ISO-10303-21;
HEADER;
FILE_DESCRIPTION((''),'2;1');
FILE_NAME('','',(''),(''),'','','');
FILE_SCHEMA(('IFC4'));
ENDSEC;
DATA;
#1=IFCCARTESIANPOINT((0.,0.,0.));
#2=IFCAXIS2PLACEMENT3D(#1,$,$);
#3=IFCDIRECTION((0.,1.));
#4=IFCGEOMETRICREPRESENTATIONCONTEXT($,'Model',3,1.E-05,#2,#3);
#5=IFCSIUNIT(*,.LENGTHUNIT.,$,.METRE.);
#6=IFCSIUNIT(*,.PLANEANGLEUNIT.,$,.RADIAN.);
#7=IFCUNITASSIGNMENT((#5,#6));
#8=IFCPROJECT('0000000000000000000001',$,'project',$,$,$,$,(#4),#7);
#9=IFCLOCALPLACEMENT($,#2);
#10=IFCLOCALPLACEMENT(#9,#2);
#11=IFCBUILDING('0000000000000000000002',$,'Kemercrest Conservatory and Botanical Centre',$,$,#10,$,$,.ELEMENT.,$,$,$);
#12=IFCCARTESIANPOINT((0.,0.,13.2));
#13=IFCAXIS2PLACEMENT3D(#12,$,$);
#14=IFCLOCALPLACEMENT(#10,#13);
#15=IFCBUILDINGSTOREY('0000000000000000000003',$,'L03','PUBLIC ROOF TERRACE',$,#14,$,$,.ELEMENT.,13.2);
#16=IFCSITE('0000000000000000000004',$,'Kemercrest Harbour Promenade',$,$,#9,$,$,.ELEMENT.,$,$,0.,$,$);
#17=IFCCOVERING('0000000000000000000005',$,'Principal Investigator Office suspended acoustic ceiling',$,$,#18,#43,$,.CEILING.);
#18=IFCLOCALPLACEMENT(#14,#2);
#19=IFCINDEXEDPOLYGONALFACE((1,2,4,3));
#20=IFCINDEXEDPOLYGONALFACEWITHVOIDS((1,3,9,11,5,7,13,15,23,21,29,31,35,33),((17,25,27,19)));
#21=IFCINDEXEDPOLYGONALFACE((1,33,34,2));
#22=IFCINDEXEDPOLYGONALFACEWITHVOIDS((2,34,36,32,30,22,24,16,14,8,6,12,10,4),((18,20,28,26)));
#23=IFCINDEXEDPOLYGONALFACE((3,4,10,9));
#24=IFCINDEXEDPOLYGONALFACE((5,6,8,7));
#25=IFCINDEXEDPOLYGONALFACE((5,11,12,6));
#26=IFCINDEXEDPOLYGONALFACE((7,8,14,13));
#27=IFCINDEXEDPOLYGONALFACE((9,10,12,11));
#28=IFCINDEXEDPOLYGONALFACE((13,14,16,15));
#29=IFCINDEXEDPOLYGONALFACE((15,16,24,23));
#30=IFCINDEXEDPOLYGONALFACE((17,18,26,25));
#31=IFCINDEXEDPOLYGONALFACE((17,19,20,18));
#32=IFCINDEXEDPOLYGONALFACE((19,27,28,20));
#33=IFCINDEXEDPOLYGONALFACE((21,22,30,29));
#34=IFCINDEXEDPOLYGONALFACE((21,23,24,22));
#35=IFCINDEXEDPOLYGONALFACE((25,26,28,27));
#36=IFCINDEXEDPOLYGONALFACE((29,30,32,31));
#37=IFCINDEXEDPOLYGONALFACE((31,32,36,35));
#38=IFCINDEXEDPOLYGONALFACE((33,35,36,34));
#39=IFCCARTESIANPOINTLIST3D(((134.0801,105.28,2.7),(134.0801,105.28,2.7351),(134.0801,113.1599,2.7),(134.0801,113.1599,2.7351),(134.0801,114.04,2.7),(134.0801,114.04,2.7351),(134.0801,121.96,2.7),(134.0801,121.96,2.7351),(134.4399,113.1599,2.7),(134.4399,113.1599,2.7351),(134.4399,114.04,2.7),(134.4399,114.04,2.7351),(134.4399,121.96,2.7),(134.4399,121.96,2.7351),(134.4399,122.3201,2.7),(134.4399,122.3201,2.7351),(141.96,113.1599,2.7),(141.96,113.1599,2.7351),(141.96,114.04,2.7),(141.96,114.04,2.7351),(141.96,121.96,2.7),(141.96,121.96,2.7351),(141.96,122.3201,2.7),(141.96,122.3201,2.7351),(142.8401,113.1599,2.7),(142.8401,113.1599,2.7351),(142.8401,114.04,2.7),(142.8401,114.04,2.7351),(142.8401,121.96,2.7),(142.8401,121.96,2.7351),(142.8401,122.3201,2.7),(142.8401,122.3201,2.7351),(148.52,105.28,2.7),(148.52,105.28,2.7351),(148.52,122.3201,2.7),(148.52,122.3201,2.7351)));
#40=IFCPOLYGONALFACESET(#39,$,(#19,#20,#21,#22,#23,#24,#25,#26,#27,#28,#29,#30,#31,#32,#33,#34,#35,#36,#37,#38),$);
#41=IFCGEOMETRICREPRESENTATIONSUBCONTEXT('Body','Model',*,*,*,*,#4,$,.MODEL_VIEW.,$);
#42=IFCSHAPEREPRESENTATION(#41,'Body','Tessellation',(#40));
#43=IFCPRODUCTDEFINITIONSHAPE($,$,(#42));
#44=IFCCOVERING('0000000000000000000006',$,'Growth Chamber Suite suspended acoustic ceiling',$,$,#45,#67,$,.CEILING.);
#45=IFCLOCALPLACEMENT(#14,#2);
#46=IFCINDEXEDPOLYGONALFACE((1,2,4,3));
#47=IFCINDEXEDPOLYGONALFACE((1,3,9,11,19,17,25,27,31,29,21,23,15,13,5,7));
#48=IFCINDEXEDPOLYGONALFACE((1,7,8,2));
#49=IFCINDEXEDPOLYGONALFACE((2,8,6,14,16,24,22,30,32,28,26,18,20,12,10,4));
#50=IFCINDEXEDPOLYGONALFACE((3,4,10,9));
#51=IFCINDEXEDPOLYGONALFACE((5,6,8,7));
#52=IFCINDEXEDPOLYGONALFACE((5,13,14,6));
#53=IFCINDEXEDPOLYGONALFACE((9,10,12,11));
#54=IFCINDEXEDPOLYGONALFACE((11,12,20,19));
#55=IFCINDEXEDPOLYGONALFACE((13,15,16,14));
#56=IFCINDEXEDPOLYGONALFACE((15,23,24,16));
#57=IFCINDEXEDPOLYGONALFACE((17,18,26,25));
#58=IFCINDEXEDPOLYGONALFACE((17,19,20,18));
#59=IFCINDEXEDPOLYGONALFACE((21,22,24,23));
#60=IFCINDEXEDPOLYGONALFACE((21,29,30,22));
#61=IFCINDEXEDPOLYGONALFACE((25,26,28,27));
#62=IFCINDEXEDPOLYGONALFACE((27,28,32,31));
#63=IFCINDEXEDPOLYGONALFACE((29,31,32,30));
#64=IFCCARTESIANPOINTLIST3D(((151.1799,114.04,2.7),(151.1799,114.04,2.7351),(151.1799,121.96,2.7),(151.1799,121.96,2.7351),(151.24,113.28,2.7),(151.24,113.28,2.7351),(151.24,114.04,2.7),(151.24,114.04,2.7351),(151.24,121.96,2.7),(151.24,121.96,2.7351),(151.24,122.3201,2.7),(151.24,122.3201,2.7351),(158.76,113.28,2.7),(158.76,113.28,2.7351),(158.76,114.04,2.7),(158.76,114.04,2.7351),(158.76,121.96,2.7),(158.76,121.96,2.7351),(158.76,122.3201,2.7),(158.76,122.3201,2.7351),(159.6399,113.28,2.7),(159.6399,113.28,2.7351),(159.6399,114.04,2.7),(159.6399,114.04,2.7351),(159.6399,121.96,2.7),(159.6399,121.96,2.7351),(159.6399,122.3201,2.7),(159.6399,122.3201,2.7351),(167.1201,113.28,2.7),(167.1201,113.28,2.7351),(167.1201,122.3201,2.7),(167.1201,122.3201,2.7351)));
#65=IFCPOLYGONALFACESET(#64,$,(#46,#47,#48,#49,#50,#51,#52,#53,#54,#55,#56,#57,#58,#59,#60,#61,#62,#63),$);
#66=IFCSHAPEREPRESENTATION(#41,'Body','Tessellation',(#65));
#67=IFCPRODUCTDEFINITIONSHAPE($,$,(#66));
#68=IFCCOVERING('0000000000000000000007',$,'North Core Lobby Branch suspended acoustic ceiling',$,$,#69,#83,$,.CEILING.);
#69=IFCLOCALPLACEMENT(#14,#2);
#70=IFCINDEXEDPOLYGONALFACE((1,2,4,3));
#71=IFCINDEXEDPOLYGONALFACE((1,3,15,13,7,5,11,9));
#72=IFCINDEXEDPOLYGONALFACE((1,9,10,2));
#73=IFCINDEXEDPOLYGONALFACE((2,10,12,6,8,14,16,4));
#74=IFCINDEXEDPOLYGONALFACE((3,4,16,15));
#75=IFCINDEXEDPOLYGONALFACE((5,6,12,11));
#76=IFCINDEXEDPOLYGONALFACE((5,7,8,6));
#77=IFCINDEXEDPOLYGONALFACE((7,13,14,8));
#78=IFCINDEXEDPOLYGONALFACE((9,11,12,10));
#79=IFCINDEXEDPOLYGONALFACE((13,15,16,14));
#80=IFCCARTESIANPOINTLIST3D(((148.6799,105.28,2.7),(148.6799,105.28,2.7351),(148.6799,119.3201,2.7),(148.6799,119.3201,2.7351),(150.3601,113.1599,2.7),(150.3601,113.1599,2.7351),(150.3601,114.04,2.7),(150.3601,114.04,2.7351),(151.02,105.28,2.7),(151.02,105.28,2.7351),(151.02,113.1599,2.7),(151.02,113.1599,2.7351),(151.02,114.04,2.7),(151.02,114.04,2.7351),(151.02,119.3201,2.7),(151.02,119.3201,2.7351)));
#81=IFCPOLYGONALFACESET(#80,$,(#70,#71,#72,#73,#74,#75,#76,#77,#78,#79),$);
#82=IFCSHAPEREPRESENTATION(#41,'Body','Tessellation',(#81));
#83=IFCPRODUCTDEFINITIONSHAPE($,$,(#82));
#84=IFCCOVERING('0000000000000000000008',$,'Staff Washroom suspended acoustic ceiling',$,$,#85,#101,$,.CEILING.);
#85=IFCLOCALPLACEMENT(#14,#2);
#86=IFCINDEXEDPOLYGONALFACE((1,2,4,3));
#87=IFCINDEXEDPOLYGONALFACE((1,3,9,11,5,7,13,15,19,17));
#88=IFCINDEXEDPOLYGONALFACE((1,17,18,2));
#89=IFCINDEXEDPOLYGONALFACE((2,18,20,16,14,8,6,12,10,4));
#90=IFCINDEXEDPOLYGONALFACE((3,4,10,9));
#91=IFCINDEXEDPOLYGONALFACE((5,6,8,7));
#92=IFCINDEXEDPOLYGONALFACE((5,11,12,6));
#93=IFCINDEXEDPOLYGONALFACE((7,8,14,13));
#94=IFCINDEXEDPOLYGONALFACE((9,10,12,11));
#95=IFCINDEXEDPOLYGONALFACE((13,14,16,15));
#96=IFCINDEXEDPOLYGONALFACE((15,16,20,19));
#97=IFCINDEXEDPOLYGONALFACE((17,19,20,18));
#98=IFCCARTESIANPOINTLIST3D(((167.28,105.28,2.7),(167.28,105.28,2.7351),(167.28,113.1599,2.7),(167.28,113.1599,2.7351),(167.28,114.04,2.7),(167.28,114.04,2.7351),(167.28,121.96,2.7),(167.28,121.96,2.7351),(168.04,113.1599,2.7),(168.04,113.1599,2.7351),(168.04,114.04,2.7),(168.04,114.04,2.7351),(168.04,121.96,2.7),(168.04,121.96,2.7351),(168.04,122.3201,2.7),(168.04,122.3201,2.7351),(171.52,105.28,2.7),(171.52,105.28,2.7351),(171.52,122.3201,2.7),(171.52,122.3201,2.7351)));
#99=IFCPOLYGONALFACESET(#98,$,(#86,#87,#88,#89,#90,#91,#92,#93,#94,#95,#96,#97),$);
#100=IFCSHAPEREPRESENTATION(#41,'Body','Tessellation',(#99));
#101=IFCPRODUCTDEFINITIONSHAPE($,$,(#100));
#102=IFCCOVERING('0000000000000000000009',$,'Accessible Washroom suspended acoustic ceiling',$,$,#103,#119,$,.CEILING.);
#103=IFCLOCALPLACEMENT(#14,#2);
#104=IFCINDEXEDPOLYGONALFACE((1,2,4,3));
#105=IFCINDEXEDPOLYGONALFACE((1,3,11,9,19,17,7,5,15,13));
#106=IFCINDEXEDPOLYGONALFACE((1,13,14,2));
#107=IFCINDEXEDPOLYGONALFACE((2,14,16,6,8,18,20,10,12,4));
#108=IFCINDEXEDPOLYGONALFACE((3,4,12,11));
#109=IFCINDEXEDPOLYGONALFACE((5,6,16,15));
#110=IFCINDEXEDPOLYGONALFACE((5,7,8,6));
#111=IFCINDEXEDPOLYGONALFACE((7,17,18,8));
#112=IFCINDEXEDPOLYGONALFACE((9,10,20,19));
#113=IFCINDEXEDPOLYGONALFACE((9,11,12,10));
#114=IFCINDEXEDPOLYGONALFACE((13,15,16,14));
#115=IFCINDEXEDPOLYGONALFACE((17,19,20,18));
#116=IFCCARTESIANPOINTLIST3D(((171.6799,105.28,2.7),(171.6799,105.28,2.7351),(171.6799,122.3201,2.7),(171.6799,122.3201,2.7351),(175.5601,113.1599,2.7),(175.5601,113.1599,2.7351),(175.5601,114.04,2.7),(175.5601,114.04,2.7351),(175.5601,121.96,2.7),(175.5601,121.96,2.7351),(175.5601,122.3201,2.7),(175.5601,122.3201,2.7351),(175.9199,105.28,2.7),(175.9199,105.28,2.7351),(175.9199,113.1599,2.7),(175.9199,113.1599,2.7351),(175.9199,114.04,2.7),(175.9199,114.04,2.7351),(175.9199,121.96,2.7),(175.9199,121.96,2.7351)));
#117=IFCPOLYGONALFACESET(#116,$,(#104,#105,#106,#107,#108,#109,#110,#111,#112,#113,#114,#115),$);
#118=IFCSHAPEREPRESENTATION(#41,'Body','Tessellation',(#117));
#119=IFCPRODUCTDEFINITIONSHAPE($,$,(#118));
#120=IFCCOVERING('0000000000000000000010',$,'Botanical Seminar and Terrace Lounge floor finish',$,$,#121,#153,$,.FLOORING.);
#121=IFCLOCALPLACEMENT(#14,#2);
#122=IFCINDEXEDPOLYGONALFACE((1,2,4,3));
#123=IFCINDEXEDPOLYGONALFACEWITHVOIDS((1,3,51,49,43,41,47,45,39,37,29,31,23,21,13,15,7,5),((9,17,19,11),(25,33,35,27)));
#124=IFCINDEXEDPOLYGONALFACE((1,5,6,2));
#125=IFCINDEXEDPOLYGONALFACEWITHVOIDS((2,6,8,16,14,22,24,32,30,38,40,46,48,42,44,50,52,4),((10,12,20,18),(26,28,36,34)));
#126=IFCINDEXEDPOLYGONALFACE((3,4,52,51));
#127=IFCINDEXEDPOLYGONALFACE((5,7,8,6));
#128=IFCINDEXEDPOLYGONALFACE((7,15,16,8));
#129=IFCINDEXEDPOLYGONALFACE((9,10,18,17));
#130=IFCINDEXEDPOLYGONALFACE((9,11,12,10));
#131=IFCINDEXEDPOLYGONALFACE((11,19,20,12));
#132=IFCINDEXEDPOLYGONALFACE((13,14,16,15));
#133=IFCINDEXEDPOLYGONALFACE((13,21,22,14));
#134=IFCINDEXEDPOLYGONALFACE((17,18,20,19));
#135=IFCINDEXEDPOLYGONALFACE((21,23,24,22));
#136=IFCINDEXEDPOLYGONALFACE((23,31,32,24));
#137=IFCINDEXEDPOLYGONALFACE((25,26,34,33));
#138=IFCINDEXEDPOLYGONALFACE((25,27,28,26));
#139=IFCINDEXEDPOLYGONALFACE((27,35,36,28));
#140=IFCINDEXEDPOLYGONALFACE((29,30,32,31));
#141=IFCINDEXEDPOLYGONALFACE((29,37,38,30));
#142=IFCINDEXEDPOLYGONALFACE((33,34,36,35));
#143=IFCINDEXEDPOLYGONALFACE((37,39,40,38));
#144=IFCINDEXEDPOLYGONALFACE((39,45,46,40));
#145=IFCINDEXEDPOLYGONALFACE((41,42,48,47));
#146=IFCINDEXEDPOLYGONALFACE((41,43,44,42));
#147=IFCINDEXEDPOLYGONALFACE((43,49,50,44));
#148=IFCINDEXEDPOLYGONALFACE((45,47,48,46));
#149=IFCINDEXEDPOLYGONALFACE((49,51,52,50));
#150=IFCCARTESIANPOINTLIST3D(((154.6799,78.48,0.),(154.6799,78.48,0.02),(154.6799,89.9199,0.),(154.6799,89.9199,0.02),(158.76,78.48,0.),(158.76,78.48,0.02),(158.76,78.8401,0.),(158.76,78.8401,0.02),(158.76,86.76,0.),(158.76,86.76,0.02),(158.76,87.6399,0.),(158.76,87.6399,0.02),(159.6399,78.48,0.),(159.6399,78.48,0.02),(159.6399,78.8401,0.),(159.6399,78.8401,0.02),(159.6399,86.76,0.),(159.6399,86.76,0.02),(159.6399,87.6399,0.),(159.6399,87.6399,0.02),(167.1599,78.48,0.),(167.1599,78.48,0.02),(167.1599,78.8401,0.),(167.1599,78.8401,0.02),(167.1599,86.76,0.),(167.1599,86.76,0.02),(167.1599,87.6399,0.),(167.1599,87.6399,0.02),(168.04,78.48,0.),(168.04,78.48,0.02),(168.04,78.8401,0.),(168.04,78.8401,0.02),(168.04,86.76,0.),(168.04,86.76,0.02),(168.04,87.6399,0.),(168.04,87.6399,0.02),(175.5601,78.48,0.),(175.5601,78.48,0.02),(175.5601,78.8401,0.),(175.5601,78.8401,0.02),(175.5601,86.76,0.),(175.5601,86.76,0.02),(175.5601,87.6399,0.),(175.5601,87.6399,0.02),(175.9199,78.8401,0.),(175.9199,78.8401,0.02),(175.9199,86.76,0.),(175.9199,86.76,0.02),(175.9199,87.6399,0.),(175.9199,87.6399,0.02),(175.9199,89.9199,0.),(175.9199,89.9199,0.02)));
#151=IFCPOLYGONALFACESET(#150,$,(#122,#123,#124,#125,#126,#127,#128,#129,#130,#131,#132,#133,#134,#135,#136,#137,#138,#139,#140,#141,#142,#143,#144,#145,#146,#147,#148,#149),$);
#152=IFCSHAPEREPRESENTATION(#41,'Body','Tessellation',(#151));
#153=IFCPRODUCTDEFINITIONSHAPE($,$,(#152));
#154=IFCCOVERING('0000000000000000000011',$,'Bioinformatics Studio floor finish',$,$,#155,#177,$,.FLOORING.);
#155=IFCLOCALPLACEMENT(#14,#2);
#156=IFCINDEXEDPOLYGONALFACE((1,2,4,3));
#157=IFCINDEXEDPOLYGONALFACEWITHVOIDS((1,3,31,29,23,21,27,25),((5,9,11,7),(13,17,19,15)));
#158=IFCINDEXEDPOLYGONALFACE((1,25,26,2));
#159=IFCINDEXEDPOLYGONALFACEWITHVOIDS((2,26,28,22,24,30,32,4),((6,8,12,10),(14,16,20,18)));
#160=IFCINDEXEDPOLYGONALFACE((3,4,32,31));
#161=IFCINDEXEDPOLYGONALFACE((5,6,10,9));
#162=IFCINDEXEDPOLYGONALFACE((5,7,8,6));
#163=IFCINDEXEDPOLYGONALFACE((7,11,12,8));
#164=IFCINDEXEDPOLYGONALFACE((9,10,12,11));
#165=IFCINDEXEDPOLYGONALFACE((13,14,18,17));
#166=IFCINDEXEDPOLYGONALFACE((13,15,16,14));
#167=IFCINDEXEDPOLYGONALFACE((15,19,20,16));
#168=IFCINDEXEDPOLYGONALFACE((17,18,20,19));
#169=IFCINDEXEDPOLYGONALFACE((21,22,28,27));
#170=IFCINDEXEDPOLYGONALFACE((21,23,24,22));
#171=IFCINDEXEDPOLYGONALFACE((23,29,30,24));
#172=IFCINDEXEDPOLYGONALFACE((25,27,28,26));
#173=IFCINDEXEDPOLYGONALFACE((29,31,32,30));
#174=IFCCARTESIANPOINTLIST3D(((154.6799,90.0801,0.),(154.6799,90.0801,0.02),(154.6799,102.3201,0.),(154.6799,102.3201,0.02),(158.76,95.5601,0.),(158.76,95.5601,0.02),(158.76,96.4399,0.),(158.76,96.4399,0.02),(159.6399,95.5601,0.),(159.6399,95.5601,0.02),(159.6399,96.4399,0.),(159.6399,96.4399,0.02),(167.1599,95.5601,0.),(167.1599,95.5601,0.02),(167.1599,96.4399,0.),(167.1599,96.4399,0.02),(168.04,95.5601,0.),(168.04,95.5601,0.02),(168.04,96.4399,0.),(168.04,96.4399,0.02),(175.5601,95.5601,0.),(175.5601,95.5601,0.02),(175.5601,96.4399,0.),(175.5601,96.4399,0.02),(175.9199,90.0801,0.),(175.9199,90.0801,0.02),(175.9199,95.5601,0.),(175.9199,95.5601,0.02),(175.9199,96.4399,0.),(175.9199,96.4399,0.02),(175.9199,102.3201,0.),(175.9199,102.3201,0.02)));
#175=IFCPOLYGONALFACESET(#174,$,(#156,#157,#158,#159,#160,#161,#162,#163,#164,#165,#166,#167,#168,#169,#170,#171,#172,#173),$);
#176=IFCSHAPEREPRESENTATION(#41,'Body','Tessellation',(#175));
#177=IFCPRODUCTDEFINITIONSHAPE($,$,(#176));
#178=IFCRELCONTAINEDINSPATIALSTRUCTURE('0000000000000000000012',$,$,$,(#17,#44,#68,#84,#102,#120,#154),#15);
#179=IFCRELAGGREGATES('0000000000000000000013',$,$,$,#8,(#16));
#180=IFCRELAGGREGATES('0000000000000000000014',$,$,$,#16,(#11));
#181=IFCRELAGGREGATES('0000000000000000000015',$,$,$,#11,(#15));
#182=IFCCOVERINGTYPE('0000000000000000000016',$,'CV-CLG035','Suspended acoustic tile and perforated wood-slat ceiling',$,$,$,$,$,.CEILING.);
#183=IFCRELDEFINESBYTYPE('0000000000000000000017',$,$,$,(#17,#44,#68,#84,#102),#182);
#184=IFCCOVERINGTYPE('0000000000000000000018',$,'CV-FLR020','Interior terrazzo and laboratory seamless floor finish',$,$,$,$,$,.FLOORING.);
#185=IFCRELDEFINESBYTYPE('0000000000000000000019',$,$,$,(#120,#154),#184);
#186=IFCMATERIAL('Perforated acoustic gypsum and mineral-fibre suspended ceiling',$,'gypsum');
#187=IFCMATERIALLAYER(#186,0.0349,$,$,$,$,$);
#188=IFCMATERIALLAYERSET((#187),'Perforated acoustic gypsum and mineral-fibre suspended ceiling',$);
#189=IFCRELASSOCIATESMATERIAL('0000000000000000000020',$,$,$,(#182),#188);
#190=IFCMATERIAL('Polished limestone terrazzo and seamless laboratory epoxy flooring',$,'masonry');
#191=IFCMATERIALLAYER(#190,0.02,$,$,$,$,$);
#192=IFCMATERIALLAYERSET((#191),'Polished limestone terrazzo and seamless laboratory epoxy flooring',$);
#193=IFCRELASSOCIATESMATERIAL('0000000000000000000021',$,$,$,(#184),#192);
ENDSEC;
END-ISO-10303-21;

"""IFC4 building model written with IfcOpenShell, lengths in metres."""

from ifc_helpers import new_model, si_unit, direction, frame, origin, place, context, subcontext, project, spatial, polyline, outline, extrude, material, layer, layer_set, type_object, element, save


model = new_model("IFC4")

# Units and contexts
model_context = context("Model", 3, precision=1e-05, world=origin(), true_north=direction((0.0, 1.0)))
body_context = subcontext(model_context, "Body", "Model", "MODEL_VIEW")
ifc_project = project(units=[si_unit("LENGTHUNIT", "METRE"), si_unit("PLANEANGLEUNIT", "RADIAN")], contexts=[model_context])

# Site, building, storey
site_placement = place(None, origin())
site = spatial("IfcSite", under=ifc_project, at=site_placement, Name="Kemercrest Harbour Promenade", CompositionType="ELEMENT", RefElevation=0.0)
building_placement = place(site_placement, origin())
building = spatial("IfcBuilding", under=site, at=building_placement, Name="Kemercrest Conservatory and Botanical Centre", CompositionType="ELEMENT")
storey_placement = place(building_placement, frame((0.0, 0.0, 13.2)))
storey = spatial("IfcBuildingStorey", under=building, at=storey_placement, Name="L03", Description="PUBLIC ROOF TERRACE", CompositionType="ELEMENT", Elevation=13.2)

# Coverings
ifc_material_1 = material(Name="Perforated acoustic gypsum and mineral-fibre suspended ceiling", Category="gypsum")
ifc_layer_1 = layer(ifc_material_1, 0.0349)
ifc_layer_set_1 = layer_set([ifc_layer_1], Name="Perforated acoustic gypsum and mineral-fibre suspended ceiling")
covering_type_1 = type_object("IfcCoveringType", Name="CV-CLG035", Description="Suspended acoustic tile and perforated wood-slat ceiling", PredefinedType="CEILING", material=ifc_layer_set_1)
covering_1_placement = place(storey_placement, frame((0.0, 0.0, 2.7)))
element("IfcCovering", 1, at=covering_1_placement, inside=storey, type_object=covering_type_1, Name="Principal Investigator Office suspended acoustic ceiling", PredefinedType="CEILING", context=body_context, shape_type="SweptSolid", body=[
    extrude(outline(polyline([(134.4399, 113.1599), (134.0801, 113.1599), (134.0801, 105.28), (148.52, 105.28), (148.52, 122.3201), (142.8401, 122.3201), (142.8401, 121.96), (141.96, 121.96), (141.96, 122.3201), (134.4399, 122.3201), (134.4399, 121.96), (134.0801, 121.96), (134.0801, 114.04), (134.4399, 114.04), (134.4399, 113.1599)]), holes=[polyline([(142.8401, 114.04), (142.8401, 113.1599), (141.96, 113.1599), (141.96, 114.04), (142.8401, 114.04)])]), origin(), (0.0, 0.0, 1.0), 0.0352),
])
covering_2_placement = place(storey_placement, frame((0.0, 0.0, 2.7)))
element("IfcCovering", 2, at=covering_2_placement, inside=storey, type_object=covering_type_1, Name="Growth Chamber Suite suspended acoustic ceiling", PredefinedType="CEILING", context=body_context, shape_type="SweptSolid", body=[
    extrude(outline(polyline([(159.6399, 113.28), (167.1201, 113.28), (167.1201, 122.3201), (159.6399, 122.3201), (159.6399, 121.96), (158.76, 121.96), (158.76, 122.3201), (151.24, 122.3201), (151.24, 121.96), (151.1799, 121.96), (151.1799, 114.04), (151.24, 114.04), (151.24, 113.28), (158.76, 113.28), (158.76, 114.04), (159.6399, 114.04), (159.6399, 113.28)])), origin(), (0.0, 0.0, 1.0), 0.0352),
])
covering_3_placement = place(storey_placement, frame((0.0, 0.0, 2.7)))
element("IfcCovering", 3, at=covering_3_placement, inside=storey, type_object=covering_type_1, Name="North Core Lobby Branch suspended acoustic ceiling", PredefinedType="CEILING", context=body_context, shape_type="SweptSolid", body=[
    extrude(outline(polyline([(148.6799, 105.28), (151.02, 105.28), (151.02, 113.1599), (150.3601, 113.1599), (150.3601, 114.04), (151.02, 114.04), (151.02, 119.3201), (148.6799, 119.3201), (148.6799, 105.28)])), origin(), (0.0, 0.0, 1.0), 0.0352),
])
covering_4_placement = place(storey_placement, frame((0.0, 0.0, 2.7)))
element("IfcCovering", 4, at=covering_4_placement, inside=storey, type_object=covering_type_1, Name="Staff Washroom suspended acoustic ceiling", PredefinedType="CEILING", context=body_context, shape_type="SweptSolid", body=[
    extrude(outline(polyline([(167.28, 105.28), (171.52, 105.28), (171.52, 122.3201), (168.04, 122.3201), (168.04, 121.96), (167.28, 121.96), (167.28, 114.04), (168.04, 114.04), (168.04, 113.1599), (167.28, 113.1599), (167.28, 105.28)])), origin(), (0.0, 0.0, 1.0), 0.0352),
])
covering_5_placement = place(storey_placement, frame((0.0, 0.0, 2.7)))
element("IfcCovering", 5, at=covering_5_placement, inside=storey, type_object=covering_type_1, Name="Accessible Washroom suspended acoustic ceiling", PredefinedType="CEILING", context=body_context, shape_type="SweptSolid", body=[
    extrude(outline(polyline([(171.6799, 105.28), (175.9199, 105.28), (175.9199, 113.1599), (175.5601, 113.1599), (175.5601, 114.04), (175.9199, 114.04), (175.9199, 121.96), (175.5601, 121.96), (175.5601, 122.3201), (171.6799, 122.3201), (171.6799, 105.28)])), origin(), (0.0, 0.0, 1.0), 0.0352),
])
ifc_material_2 = material(Name="Polished limestone terrazzo and seamless laboratory epoxy flooring", Category="masonry")
ifc_layer_2 = layer(ifc_material_2, 0.02)
ifc_layer_set_2 = layer_set([ifc_layer_2], Name="Polished limestone terrazzo and seamless laboratory epoxy flooring")
covering_type_2 = type_object("IfcCoveringType", Name="CV-FLR020", Description="Interior terrazzo and laboratory seamless floor finish", PredefinedType="FLOORING", material=ifc_layer_set_2)
covering_6_placement = place(storey_placement, origin())
element("IfcCovering", 6, at=covering_6_placement, inside=storey, type_object=covering_type_2, Name="Botanical Seminar and Terrace Lounge floor finish", PredefinedType="FLOORING", context=body_context, shape_type="SweptSolid", body=[
    extrude(outline(polyline([(167.1599, 78.8401), (168.04, 78.8401), (168.04, 78.48), (175.5601, 78.48), (175.5601, 78.8401), (175.9199, 78.8401), (175.9199, 86.76), (175.5601, 86.76), (175.5601, 87.6399), (175.9199, 87.6399), (175.9199, 89.9199), (154.6799, 89.9199), (154.6799, 78.48), (158.76, 78.48), (158.76, 78.8401), (159.6399, 78.8401), (159.6399, 78.48), (167.1599, 78.48), (167.1599, 78.8401)]), holes=[polyline([(167.1599, 87.6399), (168.04, 87.6399), (168.04, 86.76), (167.1599, 86.76), (167.1599, 87.6399)]), polyline([(159.6399, 87.6399), (159.6399, 86.76), (158.76, 86.76), (158.76, 87.6399), (159.6399, 87.6399)])]), origin(), (0.0, 0.0, 1.0), 0.02),
])
covering_7_placement = place(storey_placement, origin())
element("IfcCovering", 7, at=covering_7_placement, inside=storey, type_object=covering_type_2, Name="Bioinformatics Studio floor finish", PredefinedType="FLOORING", context=body_context, shape_type="SweptSolid", body=[
    extrude(outline(polyline([(175.9199, 102.3201), (154.6799, 102.3201), (154.6799, 90.0801), (175.9199, 90.0801), (175.9199, 95.5601), (175.5601, 95.5601), (175.5601, 96.4399), (175.9199, 96.4399), (175.9199, 102.3201)]), holes=[polyline([(168.04, 96.4399), (168.04, 95.5601), (167.1599, 95.5601), (167.1599, 96.4399), (168.04, 96.4399)]), polyline([(159.6399, 96.4399), (159.6399, 95.5601), (158.76, 95.5601), (158.76, 96.4399), (159.6399, 96.4399)])]), origin(), (0.0, 0.0, 1.0), 0.02),
])

save(model, "model.ifc")
